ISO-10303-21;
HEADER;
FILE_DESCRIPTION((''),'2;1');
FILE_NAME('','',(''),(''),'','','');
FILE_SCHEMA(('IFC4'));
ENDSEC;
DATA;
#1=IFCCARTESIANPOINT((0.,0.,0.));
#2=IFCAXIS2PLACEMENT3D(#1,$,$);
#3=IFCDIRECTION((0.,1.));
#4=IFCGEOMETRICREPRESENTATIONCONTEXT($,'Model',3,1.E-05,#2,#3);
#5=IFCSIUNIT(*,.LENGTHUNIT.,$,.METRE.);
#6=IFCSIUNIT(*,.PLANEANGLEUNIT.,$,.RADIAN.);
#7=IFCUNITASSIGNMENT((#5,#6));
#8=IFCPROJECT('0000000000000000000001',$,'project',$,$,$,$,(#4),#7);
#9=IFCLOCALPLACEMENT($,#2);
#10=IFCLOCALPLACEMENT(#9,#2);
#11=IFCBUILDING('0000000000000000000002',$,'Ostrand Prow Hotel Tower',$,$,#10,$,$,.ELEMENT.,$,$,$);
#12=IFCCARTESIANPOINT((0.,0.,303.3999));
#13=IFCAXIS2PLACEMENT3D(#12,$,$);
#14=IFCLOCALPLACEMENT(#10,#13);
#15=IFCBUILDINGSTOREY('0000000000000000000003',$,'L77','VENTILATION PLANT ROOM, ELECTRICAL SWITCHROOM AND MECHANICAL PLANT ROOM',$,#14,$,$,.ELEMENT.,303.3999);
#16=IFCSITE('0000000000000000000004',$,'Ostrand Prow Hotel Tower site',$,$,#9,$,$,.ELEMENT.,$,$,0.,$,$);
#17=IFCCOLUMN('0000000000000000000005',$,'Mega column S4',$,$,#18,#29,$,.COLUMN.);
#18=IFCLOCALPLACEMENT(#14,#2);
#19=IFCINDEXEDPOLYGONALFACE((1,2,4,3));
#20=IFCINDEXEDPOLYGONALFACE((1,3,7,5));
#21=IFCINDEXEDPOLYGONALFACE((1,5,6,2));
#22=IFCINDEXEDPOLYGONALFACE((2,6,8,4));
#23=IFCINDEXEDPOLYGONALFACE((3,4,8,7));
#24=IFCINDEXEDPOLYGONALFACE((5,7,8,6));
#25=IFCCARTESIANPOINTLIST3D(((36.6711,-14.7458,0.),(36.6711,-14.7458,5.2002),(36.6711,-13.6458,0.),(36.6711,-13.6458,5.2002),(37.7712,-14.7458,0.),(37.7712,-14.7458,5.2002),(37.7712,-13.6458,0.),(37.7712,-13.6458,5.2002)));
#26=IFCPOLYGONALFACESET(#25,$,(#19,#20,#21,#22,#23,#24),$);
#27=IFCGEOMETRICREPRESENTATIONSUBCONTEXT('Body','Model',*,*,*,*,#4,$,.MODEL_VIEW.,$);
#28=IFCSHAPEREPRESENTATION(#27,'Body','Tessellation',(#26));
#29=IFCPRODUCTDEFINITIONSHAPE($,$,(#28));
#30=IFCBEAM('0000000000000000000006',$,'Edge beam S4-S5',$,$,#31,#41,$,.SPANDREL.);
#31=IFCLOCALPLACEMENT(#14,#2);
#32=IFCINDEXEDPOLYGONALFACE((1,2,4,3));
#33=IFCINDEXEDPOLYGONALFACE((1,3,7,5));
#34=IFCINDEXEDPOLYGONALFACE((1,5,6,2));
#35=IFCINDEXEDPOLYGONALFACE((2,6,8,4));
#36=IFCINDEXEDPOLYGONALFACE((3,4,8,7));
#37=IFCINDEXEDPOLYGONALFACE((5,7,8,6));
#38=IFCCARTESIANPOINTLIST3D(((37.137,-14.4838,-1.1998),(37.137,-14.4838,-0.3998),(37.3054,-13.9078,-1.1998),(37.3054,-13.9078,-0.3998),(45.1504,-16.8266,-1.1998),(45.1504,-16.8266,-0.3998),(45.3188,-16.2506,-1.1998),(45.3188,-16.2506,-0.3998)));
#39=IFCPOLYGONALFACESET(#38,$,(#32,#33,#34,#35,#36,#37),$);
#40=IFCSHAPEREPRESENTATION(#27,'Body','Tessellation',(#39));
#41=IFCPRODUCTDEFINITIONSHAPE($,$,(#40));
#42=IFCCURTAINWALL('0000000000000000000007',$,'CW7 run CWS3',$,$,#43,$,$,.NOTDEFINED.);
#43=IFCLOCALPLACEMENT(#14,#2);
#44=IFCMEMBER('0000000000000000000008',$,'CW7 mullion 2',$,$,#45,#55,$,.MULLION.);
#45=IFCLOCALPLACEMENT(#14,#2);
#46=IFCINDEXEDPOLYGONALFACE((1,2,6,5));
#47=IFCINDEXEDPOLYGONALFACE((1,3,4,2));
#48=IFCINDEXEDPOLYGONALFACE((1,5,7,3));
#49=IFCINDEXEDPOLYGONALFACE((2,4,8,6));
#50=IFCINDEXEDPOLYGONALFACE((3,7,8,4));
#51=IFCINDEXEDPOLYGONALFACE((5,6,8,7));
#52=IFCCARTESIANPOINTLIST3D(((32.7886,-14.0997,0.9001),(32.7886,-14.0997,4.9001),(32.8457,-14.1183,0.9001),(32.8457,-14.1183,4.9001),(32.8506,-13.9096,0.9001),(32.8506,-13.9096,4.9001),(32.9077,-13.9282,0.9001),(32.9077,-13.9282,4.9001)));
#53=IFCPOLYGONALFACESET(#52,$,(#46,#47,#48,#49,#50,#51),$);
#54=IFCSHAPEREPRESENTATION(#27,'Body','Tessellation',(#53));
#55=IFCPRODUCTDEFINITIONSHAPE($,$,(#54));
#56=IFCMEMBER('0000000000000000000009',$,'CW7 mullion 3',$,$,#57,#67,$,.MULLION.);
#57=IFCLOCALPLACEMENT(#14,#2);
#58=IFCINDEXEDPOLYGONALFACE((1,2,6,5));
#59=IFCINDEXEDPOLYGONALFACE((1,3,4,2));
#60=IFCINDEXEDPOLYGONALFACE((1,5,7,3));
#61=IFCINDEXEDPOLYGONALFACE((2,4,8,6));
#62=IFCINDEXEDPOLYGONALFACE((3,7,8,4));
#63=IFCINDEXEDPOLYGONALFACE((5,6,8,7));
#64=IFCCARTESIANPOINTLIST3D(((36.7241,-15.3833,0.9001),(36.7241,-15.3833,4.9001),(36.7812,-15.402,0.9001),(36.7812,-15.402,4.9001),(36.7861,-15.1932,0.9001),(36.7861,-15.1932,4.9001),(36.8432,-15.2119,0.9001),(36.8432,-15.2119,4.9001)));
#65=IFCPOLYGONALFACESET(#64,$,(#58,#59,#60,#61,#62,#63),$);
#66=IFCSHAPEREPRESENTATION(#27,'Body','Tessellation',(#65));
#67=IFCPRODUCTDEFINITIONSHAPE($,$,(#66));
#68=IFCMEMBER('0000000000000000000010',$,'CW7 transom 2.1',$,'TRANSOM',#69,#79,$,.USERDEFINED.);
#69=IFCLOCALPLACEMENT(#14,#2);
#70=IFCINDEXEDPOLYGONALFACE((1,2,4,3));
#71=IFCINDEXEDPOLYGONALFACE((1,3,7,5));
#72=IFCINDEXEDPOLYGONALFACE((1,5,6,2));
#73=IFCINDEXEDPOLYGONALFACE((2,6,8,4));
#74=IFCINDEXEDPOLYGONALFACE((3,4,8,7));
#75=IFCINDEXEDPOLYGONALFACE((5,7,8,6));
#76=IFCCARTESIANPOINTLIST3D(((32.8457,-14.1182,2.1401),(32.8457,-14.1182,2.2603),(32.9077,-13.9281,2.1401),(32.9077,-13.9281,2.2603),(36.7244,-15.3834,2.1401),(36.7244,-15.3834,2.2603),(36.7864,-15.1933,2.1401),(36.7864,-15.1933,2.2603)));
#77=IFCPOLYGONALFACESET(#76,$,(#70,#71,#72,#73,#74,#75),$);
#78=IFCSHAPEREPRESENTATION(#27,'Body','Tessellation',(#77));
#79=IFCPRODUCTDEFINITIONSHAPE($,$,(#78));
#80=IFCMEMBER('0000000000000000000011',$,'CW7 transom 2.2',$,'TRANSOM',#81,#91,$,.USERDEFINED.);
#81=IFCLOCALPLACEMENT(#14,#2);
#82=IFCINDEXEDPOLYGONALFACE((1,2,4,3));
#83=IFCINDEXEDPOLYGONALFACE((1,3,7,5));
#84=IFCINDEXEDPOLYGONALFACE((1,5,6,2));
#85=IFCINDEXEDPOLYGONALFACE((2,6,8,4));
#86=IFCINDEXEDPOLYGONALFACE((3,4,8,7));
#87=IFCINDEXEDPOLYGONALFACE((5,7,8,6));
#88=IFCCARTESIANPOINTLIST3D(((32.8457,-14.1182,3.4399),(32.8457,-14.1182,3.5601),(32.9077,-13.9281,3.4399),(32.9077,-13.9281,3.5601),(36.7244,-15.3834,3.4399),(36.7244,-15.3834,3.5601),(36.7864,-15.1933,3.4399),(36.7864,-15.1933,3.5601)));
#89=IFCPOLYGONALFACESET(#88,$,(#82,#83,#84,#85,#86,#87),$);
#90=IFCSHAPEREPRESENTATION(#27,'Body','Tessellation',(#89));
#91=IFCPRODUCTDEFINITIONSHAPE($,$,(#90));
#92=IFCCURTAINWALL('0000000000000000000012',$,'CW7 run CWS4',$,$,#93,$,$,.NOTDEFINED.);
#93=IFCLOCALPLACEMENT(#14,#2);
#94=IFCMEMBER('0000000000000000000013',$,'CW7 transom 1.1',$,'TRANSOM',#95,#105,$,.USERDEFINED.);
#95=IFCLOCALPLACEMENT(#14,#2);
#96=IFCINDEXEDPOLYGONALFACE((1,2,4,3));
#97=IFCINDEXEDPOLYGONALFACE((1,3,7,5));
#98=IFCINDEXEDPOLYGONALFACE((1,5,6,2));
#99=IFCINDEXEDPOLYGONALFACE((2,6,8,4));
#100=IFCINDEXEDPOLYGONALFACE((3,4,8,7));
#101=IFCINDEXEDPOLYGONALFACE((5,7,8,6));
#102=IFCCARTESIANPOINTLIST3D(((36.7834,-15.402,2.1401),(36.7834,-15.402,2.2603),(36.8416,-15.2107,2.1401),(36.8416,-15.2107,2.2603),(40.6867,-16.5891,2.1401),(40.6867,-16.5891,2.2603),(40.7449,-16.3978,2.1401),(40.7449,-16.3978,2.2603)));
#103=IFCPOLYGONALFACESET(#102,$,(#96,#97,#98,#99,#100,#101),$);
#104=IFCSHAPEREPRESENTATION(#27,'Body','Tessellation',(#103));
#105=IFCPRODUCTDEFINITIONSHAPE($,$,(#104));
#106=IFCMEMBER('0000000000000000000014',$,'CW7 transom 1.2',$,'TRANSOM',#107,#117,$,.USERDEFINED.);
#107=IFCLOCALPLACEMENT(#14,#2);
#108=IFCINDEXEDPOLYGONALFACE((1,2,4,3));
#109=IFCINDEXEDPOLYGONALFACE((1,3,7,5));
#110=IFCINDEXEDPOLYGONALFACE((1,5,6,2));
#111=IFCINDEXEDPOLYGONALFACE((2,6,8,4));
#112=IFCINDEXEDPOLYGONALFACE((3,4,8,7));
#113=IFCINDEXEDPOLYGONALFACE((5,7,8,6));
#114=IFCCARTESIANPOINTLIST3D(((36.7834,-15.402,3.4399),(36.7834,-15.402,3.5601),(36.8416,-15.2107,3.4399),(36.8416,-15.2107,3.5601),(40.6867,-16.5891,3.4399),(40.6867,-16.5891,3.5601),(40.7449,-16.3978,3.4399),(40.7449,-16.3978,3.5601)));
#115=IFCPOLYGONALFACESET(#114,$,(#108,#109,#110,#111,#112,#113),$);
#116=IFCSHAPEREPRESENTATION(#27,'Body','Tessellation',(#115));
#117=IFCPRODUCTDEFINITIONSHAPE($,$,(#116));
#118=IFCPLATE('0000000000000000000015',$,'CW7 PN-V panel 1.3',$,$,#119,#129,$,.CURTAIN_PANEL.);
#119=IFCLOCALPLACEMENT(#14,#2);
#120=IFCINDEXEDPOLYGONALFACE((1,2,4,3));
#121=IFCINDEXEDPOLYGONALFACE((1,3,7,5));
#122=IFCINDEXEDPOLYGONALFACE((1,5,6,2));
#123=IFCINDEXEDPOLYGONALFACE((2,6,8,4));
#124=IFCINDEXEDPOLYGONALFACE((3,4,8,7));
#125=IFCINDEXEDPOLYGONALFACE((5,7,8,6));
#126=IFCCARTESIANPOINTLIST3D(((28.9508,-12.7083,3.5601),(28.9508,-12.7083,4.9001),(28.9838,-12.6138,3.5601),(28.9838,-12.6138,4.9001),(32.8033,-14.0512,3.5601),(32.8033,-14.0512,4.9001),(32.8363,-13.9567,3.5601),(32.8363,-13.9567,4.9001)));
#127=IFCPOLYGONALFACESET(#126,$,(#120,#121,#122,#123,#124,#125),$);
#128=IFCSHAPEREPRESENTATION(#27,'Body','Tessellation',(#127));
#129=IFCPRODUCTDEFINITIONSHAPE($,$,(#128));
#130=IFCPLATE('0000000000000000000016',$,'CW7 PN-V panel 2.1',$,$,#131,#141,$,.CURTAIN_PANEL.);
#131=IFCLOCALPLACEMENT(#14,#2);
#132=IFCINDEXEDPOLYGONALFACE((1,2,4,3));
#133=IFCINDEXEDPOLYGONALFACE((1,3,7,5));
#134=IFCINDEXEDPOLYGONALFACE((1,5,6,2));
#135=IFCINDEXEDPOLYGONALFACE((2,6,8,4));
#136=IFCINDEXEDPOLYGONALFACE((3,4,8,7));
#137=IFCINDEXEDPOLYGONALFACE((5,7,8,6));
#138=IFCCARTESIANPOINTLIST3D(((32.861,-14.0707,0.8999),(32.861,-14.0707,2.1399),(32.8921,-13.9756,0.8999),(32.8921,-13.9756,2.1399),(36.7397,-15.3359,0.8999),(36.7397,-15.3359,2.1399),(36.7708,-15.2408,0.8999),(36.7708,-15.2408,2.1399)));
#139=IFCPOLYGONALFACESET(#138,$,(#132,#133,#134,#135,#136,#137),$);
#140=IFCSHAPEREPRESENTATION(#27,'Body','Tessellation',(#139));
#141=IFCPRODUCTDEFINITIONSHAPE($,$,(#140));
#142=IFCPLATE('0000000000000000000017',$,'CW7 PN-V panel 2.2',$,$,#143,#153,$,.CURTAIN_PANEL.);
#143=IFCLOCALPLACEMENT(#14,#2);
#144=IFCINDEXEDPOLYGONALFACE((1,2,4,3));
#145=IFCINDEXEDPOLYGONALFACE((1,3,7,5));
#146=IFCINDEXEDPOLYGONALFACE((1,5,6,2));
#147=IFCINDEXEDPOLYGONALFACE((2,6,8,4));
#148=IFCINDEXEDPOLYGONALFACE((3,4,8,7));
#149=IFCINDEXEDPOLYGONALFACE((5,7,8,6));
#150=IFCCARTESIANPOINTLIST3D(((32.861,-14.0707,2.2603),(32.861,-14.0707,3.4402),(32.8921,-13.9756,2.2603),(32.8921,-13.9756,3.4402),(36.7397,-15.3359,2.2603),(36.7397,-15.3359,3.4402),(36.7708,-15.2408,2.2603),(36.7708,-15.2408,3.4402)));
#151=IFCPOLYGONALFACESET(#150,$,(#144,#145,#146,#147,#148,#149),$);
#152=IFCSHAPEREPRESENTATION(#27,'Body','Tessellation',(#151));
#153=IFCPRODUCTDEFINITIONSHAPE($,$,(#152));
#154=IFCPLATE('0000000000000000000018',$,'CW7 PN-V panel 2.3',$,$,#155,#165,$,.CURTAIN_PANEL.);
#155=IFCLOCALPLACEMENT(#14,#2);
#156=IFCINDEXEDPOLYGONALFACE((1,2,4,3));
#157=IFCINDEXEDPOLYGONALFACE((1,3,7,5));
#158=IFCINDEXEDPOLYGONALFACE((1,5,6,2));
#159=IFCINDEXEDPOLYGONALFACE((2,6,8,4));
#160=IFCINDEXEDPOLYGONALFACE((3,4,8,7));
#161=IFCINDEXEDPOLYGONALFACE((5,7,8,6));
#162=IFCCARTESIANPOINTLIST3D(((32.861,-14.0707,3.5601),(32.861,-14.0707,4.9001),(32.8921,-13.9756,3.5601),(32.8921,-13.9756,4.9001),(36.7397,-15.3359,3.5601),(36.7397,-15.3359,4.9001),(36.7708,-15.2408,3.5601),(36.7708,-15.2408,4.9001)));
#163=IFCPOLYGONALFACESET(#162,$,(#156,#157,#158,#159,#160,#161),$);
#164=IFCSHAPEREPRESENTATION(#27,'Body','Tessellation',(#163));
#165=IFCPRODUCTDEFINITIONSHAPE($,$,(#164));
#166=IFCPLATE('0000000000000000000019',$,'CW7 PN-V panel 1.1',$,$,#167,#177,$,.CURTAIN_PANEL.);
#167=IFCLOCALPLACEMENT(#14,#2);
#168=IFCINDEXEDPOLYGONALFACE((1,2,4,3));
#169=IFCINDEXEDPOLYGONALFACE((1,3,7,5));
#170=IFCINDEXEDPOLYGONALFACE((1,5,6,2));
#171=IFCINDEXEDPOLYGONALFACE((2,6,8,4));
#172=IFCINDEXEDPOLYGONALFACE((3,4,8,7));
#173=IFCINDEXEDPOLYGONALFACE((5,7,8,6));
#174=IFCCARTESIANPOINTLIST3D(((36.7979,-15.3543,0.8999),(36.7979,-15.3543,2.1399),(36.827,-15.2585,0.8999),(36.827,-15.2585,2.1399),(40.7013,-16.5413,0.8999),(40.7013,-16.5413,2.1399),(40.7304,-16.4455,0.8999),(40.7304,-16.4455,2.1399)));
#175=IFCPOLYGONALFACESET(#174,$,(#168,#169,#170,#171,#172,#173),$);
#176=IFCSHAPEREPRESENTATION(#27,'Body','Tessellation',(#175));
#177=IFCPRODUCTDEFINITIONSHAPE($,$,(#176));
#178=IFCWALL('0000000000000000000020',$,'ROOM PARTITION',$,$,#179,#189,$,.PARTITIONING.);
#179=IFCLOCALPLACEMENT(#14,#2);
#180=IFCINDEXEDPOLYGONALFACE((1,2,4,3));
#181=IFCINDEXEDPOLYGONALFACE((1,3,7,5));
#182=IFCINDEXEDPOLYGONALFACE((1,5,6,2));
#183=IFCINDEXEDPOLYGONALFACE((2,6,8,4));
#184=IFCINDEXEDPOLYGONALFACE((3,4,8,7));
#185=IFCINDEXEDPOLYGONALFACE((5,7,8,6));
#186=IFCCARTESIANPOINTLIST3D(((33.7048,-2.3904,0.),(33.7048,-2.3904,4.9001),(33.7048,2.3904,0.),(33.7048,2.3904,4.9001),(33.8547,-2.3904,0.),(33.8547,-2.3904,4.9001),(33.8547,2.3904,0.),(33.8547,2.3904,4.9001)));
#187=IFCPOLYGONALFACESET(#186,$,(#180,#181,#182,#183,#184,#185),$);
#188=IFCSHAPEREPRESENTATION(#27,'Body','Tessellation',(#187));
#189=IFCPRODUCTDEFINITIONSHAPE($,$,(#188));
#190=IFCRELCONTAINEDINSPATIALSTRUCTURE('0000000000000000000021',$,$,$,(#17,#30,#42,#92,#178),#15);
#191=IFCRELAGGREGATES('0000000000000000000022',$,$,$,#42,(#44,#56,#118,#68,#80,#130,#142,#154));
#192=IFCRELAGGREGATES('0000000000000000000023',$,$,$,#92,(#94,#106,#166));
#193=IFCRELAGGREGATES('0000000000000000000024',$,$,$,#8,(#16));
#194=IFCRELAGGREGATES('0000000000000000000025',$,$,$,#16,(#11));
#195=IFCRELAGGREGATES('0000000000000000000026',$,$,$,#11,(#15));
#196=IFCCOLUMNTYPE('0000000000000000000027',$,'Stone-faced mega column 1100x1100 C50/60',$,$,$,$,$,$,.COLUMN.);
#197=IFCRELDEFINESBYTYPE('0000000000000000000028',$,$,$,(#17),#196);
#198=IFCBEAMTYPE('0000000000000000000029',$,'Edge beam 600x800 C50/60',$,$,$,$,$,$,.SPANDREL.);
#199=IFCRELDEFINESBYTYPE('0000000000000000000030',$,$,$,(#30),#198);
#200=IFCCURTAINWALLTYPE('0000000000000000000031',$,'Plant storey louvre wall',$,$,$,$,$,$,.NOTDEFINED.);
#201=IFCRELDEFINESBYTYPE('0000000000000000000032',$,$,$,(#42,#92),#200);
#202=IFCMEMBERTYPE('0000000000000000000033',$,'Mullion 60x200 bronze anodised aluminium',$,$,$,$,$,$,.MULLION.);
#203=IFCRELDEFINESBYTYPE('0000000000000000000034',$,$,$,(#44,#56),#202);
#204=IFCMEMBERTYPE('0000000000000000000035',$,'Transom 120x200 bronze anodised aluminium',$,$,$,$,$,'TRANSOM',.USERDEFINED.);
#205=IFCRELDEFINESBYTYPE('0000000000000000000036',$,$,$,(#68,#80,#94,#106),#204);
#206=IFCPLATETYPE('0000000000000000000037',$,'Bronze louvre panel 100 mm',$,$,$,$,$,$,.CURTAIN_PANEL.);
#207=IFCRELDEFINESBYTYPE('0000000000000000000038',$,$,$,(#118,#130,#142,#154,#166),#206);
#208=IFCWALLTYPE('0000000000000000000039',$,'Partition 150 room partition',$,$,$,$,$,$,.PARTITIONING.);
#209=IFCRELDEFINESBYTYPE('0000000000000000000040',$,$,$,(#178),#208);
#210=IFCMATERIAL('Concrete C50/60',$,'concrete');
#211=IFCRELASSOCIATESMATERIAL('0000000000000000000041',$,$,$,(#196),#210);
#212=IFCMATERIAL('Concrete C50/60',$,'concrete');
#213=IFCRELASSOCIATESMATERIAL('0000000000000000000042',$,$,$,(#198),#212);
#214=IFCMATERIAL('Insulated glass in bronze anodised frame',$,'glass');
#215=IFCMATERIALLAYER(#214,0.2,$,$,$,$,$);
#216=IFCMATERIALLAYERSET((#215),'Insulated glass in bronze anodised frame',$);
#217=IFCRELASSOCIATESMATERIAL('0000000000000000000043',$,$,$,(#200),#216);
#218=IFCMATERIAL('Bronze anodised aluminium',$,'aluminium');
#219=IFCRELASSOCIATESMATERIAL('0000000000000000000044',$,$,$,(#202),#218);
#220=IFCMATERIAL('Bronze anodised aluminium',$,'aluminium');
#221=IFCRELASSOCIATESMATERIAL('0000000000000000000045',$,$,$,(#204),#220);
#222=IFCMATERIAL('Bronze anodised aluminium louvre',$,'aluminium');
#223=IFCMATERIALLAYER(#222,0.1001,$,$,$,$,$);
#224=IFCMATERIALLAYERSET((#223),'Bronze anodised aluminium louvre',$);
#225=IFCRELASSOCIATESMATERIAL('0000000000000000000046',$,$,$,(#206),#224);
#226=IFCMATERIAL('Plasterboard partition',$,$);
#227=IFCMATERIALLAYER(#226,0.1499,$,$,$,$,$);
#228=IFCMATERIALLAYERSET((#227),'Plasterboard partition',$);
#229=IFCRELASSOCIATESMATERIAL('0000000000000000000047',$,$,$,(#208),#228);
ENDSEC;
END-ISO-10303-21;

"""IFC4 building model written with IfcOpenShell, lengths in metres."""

from ifc_helpers import new_model, si_unit, direction, frame, frame_2d, origin, origin_2d, place, context, subcontext, project, spatial, rectangle, extrude, material, layer, layer_set, material_profile, profile_set, type_object, element, aggregate, save


model = new_model("IFC4")

# Units and contexts
model_context = context("Model", 3, precision=1e-05, world=origin(), true_north=direction((0.0, 1.0)))
body_context = subcontext(model_context, "Body", "Model", "MODEL_VIEW")
ifc_project = project(units=[si_unit("LENGTHUNIT", "METRE"), si_unit("PLANEANGLEUNIT", "RADIAN")], contexts=[model_context])

# Site, building, storey
site_placement = place(None, origin())
site = spatial("IfcSite", under=ifc_project, at=site_placement, Name="Ostrand Prow Hotel Tower site", CompositionType="ELEMENT", RefElevation=0.0)
building_placement = place(site_placement, origin())
building = spatial("IfcBuilding", under=site, at=building_placement, Name="Ostrand Prow Hotel Tower", CompositionType="ELEMENT")
storey_placement = place(building_placement, frame((0.0, 0.0, 303.3999)))
storey = spatial("IfcBuildingStorey", under=building, at=storey_placement, Name="L77", Description="VENTILATION PLANT ROOM, ELECTRICAL SWITCHROOM AND MECHANICAL PLANT ROOM", CompositionType="ELEMENT", Elevation=303.3999)

# Column
ifc_material_1 = material(Name="Concrete C50/60", Category="concrete")
ifc_material_profile_1 = material_profile(ifc_material_1, rectangle(XDim=1.1001, YDim=1.1001, at=origin_2d()), Name="RC 1100x1100")
ifc_profile_set_1 = profile_set([ifc_material_profile_1], Name="Concrete C50/60")
column_type = type_object("IfcColumnType", Name="Stone-faced mega column 1100x1100 C50/60", PredefinedType="COLUMN", material=ifc_profile_set_1)
column_placement = place(storey_placement, frame((37.2212, -14.1958, 0.0), z_axis=(0.0, 0.0, 1.0), x_axis=(1.0, 0.0, 0.0)))
element("IfcColumn", 1, at=column_placement, inside=storey, type_object=column_type, Name="Mega column S4", PredefinedType="COLUMN", context=body_context, shape_type="SweptSolid", body=[
    extrude(rectangle(XDim=1.1001, YDim=1.1001, at=origin_2d()), origin(), (0.0, 0.0, 1.0), 5.2002),
])

# Beam
ifc_material_2 = material(Name="Concrete C50/60", Category="concrete")
ifc_material_profile_2 = material_profile(ifc_material_2, rectangle(XDim=0.6001, YDim=0.8, at=origin_2d()), Name="RC 600x800")
ifc_profile_set_2 = profile_set([ifc_material_profile_2], Name="Concrete C50/60")
beam_type = type_object("IfcBeamType", Name="Edge beam 600x800 C50/60", PredefinedType="SPANDREL", material=ifc_profile_set_2)
beam_placement = place(storey_placement, frame((37.2212, -14.1958, -0.7998), z_axis=(0.959822, -0.28061, 0.0), x_axis=(0.28061, 0.959822, 0.0)))
element("IfcBeam", 2, at=beam_placement, inside=storey, type_object=beam_type, Name="Edge beam S4-S5", PredefinedType="SPANDREL", context=body_context, shape_type="SweptSolid", body=[
    extrude(rectangle(XDim=0.6001, YDim=0.8, at=origin_2d()), origin(), (0.0, 0.0, 1.0), 8.3489),
])

# Curtain walls, members
ifc_material_3 = material(Name="Insulated glass in bronze anodised frame", Category="glass")
ifc_layer_1 = layer(ifc_material_3, 0.2)
ifc_layer_set_1 = layer_set([ifc_layer_1], Name="Insulated glass in bronze anodised frame")
curtain_wall_type = type_object("IfcCurtainWallType", Name="Plant storey louvre wall", PredefinedType="NOTDEFINED", material=ifc_layer_set_1)
curtain_wall_1_placement = place(storey_placement, origin())
curtain_wall_1 = element("IfcCurtainWall", 3, at=curtain_wall_1_placement, inside=storey, type_object=curtain_wall_type, Name="CW7 run CWS3", PredefinedType="NOTDEFINED")
ifc_material_4 = material(Name="Bronze anodised aluminium", Category="aluminium")
ifc_material_profile_3 = material_profile(ifc_material_4, rectangle(XDim=0.2, YDim=0.0601, at=origin_2d()), Name="Mullion 60x200 bronze anodised aluminium")
ifc_profile_set_3 = profile_set([ifc_material_profile_3], Name="Bronze anodised aluminium")
member_type_1 = type_object("IfcMemberType", Name="Mullion 60x200 bronze anodised aluminium", PredefinedType="MULLION", material=ifc_profile_set_3)
member_1_placement = place(storey_placement, frame((32.8481, -14.0139, 0.9001), z_axis=(0.0, 0.0, 1.0), x_axis=(0.310111, 0.9507, 0.0)))
member_1 = element("IfcMember", 4, at=member_1_placement, type_object=member_type_1, Name="CW7 mullion 2", PredefinedType="MULLION", context=body_context, shape_type="SweptSolid", body=[
    extrude(rectangle(XDim=0.2, YDim=0.0601, at=origin_2d()), origin(), (0.0, 0.0, 1.0), 4.0),
])
member_2_placement = place(storey_placement, frame((36.7837, -15.2976, 0.9001), z_axis=(0.0, 0.0, 1.0), x_axis=(0.310111, 0.9507, 0.0)))
member_2 = element("IfcMember", 5, at=member_2_placement, type_object=member_type_1, Name="CW7 mullion 3", PredefinedType="MULLION", context=body_context, shape_type="SweptSolid", body=[
    extrude(rectangle(XDim=0.2, YDim=0.0601, at=origin_2d()), origin(), (0.0, 0.0, 1.0), 4.0),
])
ifc_material_5 = material(Name="Bronze anodised aluminium", Category="aluminium")
ifc_material_profile_4 = material_profile(ifc_material_5, rectangle(XDim=0.2, YDim=0.1201, at=origin_2d()), Name="Transom 120x200 bronze anodised aluminium")
ifc_profile_set_4 = profile_set([ifc_material_profile_4], Name="Bronze anodised aluminium")
member_type_2 = type_object("IfcMemberType", Name="Transom 120x200 bronze anodised aluminium", ElementType="TRANSOM", PredefinedType="USERDEFINED", material=ifc_profile_set_4)
member_3_placement = place(storey_placement, frame((32.8767, -14.0232, 2.2002), z_axis=(0.950704, -0.310099, 0.0), x_axis=(0.310099, 0.950704, 0.0)))
member_3 = element("IfcMember", 6, at=member_3_placement, type_object=member_type_2, Name="CW7 transom 2.1", ObjectType="TRANSOM", PredefinedType="USERDEFINED", context=body_context, shape_type="SweptSolid", body=[
    extrude(rectangle(XDim=0.2, YDim=0.1201, at=origin_2d()), origin(), (0.0, 0.0, 1.0), 4.0798),
])
member_4_placement = place(storey_placement, frame((32.8767, -14.0232, 3.5), z_axis=(0.950704, -0.310099, 0.0), x_axis=(0.310099, 0.950704, 0.0)))
member_4 = element("IfcMember", 7, at=member_4_placement, type_object=member_type_2, Name="CW7 transom 2.2", ObjectType="TRANSOM", PredefinedType="USERDEFINED", context=body_context, shape_type="SweptSolid", body=[
    extrude(rectangle(XDim=0.2, YDim=0.1201, at=origin_2d()), origin(), (0.0, 0.0, 1.0), 4.0798),
])
curtain_wall_2_placement = place(storey_placement, origin())
curtain_wall_2 = element("IfcCurtainWall", 8, at=curtain_wall_2_placement, inside=storey, type_object=curtain_wall_type, Name="CW7 run CWS4", PredefinedType="NOTDEFINED")
member_5_placement = place(storey_placement, frame((36.8125, -15.3064, 2.2002), z_axis=(0.956739, -0.290947, 0.0), x_axis=(0.290947, 0.956739, 0.0)))
member_5 = element("IfcMember", 9, at=member_5_placement, type_object=member_type_2, Name="CW7 transom 1.1", ObjectType="TRANSOM", PredefinedType="USERDEFINED", context=body_context, shape_type="SweptSolid", body=[
    extrude(rectangle(XDim=0.2, YDim=0.1201, at=origin_2d()), origin(), (0.0, 0.0, 1.0), 4.0798),
])
member_6_placement = place(storey_placement, frame((36.8125, -15.3064, 3.5), z_axis=(0.956739, -0.290947, 0.0), x_axis=(0.290947, 0.956739, 0.0)))
member_6 = element("IfcMember", 10, at=member_6_placement, type_object=member_type_2, Name="CW7 transom 1.2", ObjectType="TRANSOM", PredefinedType="USERDEFINED", context=body_context, shape_type="SweptSolid", body=[
    extrude(rectangle(XDim=0.2, YDim=0.1201, at=origin_2d()), origin(), (0.0, 0.0, 1.0), 4.0798),
])

# Plates
ifc_material_6 = material(Name="Bronze anodised aluminium louvre", Category="aluminium")
ifc_layer_2 = layer(ifc_material_6, 0.1001)
ifc_layer_set_2 = layer_set([ifc_layer_2], Name="Bronze anodised aluminium louvre")
plate_type = type_object("IfcPlateType", Name="Bronze louvre panel 100 mm", PredefinedType="CURTAIN_PANEL", material=ifc_layer_set_2)
plate_1_placement = place(storey_placement, frame((30.8936, -13.3325, 3.5601), z_axis=(0.0, 0.0, 1.0), x_axis=(0.944275, -0.329158, 0.0)))
plate_1 = element("IfcPlate", 11, at=plate_1_placement, type_object=plate_type, Name="CW7 PN-V panel 1.3", PredefinedType="CURTAIN_PANEL", context=body_context, shape_type="SweptSolid", body=[
    extrude(rectangle(XDim=4.0798, YDim=0.1001, at=origin_2d()), origin(), (0.0, 0.0, 1.0), 1.3401),
])
plate_2_placement = place(storey_placement, frame((34.8159, -14.6558, 0.8999), z_axis=(0.0, 0.0, 1.0), x_axis=(0.9507, -0.310111, 0.0)))
plate_2 = element("IfcPlate", 12, at=plate_2_placement, type_object=plate_type, Name="CW7 PN-V panel 2.1", PredefinedType="CURTAIN_PANEL", context=body_context, shape_type="SweptSolid", body=[
    extrude(rectangle(XDim=4.0798, YDim=0.1001, at=origin_2d()), origin(), (0.0, 0.0, 1.0), 1.24),
])
plate_3_placement = place(storey_placement, frame((34.8159, -14.6558, 2.2603), z_axis=(0.0, 0.0, 1.0), x_axis=(0.9507, -0.310111, 0.0)))
plate_3 = element("IfcPlate", 13, at=plate_3_placement, type_object=plate_type, Name="CW7 PN-V panel 2.2", PredefinedType="CURTAIN_PANEL", context=body_context, shape_type="SweptSolid", body=[
    extrude(rectangle(XDim=4.0798, YDim=0.1001, at=origin_2d()), origin(), (0.0, 0.0, 1.0), 1.1799),
])
plate_4_placement = place(storey_placement, frame((34.8159, -14.6558, 3.5601), z_axis=(0.0, 0.0, 1.0), x_axis=(0.9507, -0.310111, 0.0)))
plate_4 = element("IfcPlate", 14, at=plate_4_placement, type_object=plate_type, Name="CW7 PN-V panel 2.3", PredefinedType="CURTAIN_PANEL", context=body_context, shape_type="SweptSolid", body=[
    extrude(rectangle(XDim=4.0798, YDim=0.1001, at=origin_2d()), origin(), (0.0, 0.0, 1.0), 1.3401),
])
aggregate(curtain_wall_1, [member_1, member_2, plate_1, member_3, member_4, plate_2, plate_3, plate_4])
plate_5_placement = place(storey_placement, frame((38.7642, -15.8999, 0.8999), z_axis=(0.0, 0.0, 1.0), x_axis=(0.956742, -0.290938, 0.0)))
plate_5 = element("IfcPlate", 15, at=plate_5_placement, type_object=plate_type, Name="CW7 PN-V panel 1.1", PredefinedType="CURTAIN_PANEL", context=body_context, shape_type="SweptSolid", body=[
    extrude(rectangle(XDim=4.0798, YDim=0.1001, at=origin_2d()), origin(), (0.0, 0.0, 1.0), 1.24),
])
aggregate(curtain_wall_2, [member_5, member_6, plate_5])

# Wall
ifc_material_7 = material(Name="Plasterboard partition")
ifc_layer_3 = layer(ifc_material_7, 0.1499)
ifc_layer_set_3 = layer_set([ifc_layer_3], Name="Plasterboard partition")
wall_type_1 = type_object("IfcWallType", Name="Partition 150 room partition", PredefinedType="PARTITIONING", material=ifc_layer_set_3)
wall_1_placement = place(storey_placement, frame((33.7798, -2.3904, 0.0), z_axis=(0.0, 0.0, 1.0), x_axis=(0.0, 1.0, 0.0)))
element("IfcWall", 16, at=wall_1_placement, inside=storey, type_object=wall_type_1, Name="ROOM PARTITION", PredefinedType="PARTITIONING", context=body_context, shape_type="SweptSolid", body=[
    extrude(rectangle(XDim=4.7808, YDim=0.1499, at=frame_2d((2.3904, 0.0))), origin(), (0.0, 0.0, 1.0), 4.9001),
])

save(model, "model.ifc")
